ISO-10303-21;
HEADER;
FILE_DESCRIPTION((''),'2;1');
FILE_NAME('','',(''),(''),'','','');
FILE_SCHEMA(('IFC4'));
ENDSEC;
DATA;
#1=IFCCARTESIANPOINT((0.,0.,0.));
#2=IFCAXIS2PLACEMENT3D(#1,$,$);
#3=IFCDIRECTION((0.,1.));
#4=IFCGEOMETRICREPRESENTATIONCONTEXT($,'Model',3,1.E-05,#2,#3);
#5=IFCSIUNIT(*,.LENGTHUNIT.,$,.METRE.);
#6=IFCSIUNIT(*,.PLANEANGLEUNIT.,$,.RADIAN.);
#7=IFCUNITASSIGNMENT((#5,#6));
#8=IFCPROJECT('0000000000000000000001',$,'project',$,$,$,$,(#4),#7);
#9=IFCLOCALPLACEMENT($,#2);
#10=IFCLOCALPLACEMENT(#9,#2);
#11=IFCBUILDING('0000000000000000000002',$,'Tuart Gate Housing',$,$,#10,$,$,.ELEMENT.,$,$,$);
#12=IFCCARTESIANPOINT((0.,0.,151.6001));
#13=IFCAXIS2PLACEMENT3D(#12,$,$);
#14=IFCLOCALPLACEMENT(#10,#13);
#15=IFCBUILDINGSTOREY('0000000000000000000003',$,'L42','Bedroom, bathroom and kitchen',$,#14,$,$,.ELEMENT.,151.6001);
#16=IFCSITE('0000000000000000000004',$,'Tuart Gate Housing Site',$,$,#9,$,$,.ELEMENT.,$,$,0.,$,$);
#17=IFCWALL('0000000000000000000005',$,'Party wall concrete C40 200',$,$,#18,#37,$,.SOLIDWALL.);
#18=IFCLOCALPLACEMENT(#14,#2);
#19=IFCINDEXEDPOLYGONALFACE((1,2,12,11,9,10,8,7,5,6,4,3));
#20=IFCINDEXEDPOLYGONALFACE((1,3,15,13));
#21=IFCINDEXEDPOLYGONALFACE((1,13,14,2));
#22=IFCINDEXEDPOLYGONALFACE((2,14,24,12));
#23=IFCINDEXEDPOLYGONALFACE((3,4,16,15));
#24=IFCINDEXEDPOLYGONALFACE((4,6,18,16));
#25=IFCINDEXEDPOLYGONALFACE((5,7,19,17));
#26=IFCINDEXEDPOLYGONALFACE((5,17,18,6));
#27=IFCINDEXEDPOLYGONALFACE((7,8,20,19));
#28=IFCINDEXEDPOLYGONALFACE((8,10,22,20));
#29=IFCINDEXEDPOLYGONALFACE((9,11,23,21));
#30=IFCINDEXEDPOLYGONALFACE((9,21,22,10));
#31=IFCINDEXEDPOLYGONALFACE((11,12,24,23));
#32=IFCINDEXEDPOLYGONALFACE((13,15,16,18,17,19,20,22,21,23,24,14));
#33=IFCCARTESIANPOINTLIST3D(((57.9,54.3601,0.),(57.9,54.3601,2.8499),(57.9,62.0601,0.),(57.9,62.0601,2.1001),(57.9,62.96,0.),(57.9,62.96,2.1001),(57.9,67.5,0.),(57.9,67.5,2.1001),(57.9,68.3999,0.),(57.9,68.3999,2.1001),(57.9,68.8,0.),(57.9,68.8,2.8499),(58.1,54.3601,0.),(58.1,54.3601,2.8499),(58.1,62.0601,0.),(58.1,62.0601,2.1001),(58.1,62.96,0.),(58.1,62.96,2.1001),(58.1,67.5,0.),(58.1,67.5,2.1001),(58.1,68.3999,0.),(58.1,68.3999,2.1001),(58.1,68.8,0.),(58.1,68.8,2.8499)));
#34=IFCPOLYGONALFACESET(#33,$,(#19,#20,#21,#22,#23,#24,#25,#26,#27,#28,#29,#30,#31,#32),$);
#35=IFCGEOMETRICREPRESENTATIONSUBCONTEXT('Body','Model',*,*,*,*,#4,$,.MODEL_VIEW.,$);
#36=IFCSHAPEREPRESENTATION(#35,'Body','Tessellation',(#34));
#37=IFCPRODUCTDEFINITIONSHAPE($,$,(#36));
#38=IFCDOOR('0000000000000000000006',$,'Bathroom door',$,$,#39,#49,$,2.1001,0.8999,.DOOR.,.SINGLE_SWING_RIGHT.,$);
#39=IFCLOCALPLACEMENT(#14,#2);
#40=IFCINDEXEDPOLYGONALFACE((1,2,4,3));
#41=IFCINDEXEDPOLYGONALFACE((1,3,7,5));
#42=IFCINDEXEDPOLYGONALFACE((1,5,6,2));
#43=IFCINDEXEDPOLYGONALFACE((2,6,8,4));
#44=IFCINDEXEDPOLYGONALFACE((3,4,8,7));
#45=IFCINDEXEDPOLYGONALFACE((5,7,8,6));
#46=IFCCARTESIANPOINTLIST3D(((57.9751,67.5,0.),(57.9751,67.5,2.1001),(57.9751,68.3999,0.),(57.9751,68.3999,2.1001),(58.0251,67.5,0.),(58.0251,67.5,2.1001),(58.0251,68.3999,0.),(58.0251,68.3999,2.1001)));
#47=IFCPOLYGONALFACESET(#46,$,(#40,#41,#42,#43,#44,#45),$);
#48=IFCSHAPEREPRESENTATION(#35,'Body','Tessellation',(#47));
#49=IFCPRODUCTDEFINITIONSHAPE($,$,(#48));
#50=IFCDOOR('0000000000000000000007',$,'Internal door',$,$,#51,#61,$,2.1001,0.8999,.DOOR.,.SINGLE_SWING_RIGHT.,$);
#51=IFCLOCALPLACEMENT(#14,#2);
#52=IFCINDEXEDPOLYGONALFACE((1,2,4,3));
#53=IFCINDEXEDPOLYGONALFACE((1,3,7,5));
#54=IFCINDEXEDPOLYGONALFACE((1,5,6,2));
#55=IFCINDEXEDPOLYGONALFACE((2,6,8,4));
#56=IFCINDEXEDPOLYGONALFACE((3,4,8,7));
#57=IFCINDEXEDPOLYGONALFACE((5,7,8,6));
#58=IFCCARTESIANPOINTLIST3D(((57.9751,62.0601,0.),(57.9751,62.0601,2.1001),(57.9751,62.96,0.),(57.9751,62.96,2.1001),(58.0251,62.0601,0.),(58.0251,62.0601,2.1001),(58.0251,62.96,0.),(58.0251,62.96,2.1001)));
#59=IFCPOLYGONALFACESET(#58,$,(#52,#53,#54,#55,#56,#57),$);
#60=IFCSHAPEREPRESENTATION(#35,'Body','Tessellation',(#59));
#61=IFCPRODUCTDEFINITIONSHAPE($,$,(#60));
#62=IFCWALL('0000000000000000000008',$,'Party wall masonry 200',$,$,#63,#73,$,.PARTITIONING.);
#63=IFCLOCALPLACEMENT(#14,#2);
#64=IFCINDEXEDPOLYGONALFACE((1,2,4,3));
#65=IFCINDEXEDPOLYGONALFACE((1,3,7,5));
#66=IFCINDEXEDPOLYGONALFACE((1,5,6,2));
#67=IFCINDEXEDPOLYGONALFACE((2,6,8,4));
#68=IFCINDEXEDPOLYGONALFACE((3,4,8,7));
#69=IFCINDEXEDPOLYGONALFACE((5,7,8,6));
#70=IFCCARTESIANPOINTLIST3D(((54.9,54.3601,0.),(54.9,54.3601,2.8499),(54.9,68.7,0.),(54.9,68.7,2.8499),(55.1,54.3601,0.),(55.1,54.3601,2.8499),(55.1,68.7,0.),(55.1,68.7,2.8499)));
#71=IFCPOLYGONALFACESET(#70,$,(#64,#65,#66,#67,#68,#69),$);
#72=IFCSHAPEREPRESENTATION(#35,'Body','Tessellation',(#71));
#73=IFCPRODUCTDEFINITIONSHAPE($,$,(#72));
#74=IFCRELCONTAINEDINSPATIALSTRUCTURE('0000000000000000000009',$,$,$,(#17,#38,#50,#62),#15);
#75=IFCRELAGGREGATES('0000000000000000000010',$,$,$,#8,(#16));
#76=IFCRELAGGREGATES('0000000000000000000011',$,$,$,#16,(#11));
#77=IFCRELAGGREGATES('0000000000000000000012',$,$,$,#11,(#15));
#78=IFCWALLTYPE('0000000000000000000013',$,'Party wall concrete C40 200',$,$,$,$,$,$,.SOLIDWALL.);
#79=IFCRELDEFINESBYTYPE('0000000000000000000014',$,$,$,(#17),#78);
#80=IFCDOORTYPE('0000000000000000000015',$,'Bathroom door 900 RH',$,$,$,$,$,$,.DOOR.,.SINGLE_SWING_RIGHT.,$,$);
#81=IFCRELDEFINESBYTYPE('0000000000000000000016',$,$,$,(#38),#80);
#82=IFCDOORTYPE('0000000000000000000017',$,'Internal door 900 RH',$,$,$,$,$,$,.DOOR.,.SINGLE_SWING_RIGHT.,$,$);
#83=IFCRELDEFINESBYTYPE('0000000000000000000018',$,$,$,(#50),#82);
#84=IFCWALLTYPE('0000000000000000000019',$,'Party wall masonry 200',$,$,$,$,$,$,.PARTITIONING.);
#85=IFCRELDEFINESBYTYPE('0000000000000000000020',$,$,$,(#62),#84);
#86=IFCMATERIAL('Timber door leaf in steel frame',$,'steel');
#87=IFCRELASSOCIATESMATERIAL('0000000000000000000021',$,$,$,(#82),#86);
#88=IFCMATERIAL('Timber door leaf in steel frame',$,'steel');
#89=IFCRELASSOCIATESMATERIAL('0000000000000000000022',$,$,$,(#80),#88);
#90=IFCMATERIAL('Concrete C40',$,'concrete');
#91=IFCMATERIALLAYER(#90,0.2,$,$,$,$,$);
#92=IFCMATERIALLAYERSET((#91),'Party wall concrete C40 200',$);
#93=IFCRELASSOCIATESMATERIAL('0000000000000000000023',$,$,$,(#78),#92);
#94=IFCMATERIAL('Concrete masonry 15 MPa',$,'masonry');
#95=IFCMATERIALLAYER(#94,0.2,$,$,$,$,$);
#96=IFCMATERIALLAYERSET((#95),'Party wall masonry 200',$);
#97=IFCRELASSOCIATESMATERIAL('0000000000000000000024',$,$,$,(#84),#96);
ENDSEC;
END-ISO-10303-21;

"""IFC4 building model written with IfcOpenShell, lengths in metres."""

from ifc_helpers import new_model, si_unit, direction, frame, frame_2d, origin, place, context, subcontext, project, spatial, rectangle, extrude, material, layer, layer_set, type_object, element, fill, save


model = new_model("IFC4")

# Units and contexts
model_context = context("Model", 3, precision=1e-05, world=origin(), true_north=direction((0.0, 1.0)))
body_context = subcontext(model_context, "Body", "Model", "MODEL_VIEW")
ifc_project = project(units=[si_unit("LENGTHUNIT", "METRE"), si_unit("PLANEANGLEUNIT", "RADIAN")], contexts=[model_context])

# Site, building, storey
site_placement = place(None, origin())
site = spatial("IfcSite", under=ifc_project, at=site_placement, Name="Tuart Gate Housing Site", CompositionType="ELEMENT", RefElevation=0.0)
building_placement = place(site_placement, origin())
building = spatial("IfcBuilding", under=site, at=building_placement, Name="Tuart Gate Housing", CompositionType="ELEMENT")
storey_placement = place(building_placement, frame((0.0, 0.0, 151.6001)))
storey = spatial("IfcBuildingStorey", under=building, at=storey_placement, Name="L42", Description="Bedroom, bathroom and kitchen", CompositionType="ELEMENT", Elevation=151.6001)

# Shared definitions
ifc_material_1 = material(Name="Timber door leaf in steel frame", Category="steel")
door_type_1 = type_object("IfcDoorType", Name="Internal door 900 RH", OperationType="SINGLE_SWING_RIGHT", PredefinedType="DOOR", material=ifc_material_1)

# Shared definitions
ifc_material_2 = material(Name="Timber door leaf in steel frame", Category="steel")
door_type_2 = type_object("IfcDoorType", Name="Bathroom door 900 RH", OperationType="SINGLE_SWING_RIGHT", PredefinedType="DOOR", material=ifc_material_2)

# Shared definitions
ifc_material_3 = material(Name="Concrete C40", Category="concrete")
ifc_layer_1 = layer(ifc_material_3, 0.2)
ifc_layer_set_1 = layer_set([ifc_layer_1], Name="Party wall concrete C40 200")
wall_type_1 = type_object("IfcWallType", Name="Party wall concrete C40 200", PredefinedType="SOLIDWALL", material=ifc_layer_set_1)

# Wall, openings, doors
wall_1_placement = place(storey_placement, frame((58.0, 54.3601, 0.0), z_axis=(0.0, 0.0, 1.0), x_axis=(0.0, 1.0, 0.0)))
wall_1 = element("IfcWall", 1, at=wall_1_placement, inside=storey, type_object=wall_type_1, Name="Party wall concrete C40 200", PredefinedType="SOLIDWALL", context=body_context, shape_type="SweptSolid", body=[
    extrude(rectangle(XDim=14.4399, YDim=0.2, at=frame_2d((7.22, 0.0))), origin(), (0.0, 0.0, 1.0), 2.8499),
])
opening_1_placement = place(wall_1_placement, frame((7.7, 0.0, 0.0)))
opening_1 = element("IfcOpeningElement", 2, at=opening_1_placement, cuts=wall_1, PredefinedType="OPENING", context=body_context, shape_type="SweptSolid", body=[
    extrude(rectangle(XDim=0.8999, YDim=2.1001, at=frame_2d((0.45, 1.05))), frame((0.0, 0.1099, 0.0), z_axis=(0.0, -1.0, 0.0), x_axis=(1.0, 0.0, 0.0)), (0.0, 0.0, 1.0), 0.22),
])
opening_2_placement = place(wall_1_placement, frame((13.1399, 0.0, 0.0)))
opening_2 = element("IfcOpeningElement", 3, at=opening_2_placement, cuts=wall_1, PredefinedType="OPENING", context=body_context, shape_type="SweptSolid", body=[
    extrude(rectangle(XDim=0.8999, YDim=2.1001, at=frame_2d((0.45, 1.05))), frame((0.0, 0.1099, 0.0), z_axis=(0.0, -1.0, 0.0), x_axis=(1.0, 0.0, 0.0)), (0.0, 0.0, 1.0), 0.22),
])
door_1_placement = place(opening_2_placement, origin())
door_1 = element("IfcDoor", 4, at=door_1_placement, inside=storey, type_object=door_type_2, Name="Bathroom door", OperationType="SINGLE_SWING_RIGHT", OverallHeight=2.1001, OverallWidth=0.8999, PredefinedType="DOOR", context=body_context, shape_type="SweptSolid", body=[
    extrude(rectangle(XDim=0.8999, YDim=2.1001, at=frame_2d((0.45, 1.05))), frame((0.0, 0.0249, 0.0), z_axis=(0.0, -1.0, 0.0), x_axis=(1.0, 0.0, 0.0)), (0.0, 0.0, 1.0), 0.05),
])
fill(opening_2, door_1)
door_2_placement = place(opening_1_placement, origin())
door_2 = element("IfcDoor", 5, at=door_2_placement, inside=storey, type_object=door_type_1, Name="Internal door", OperationType="SINGLE_SWING_RIGHT", OverallHeight=2.1001, OverallWidth=0.8999, PredefinedType="DOOR", context=body_context, shape_type="SweptSolid", body=[
    extrude(rectangle(XDim=0.8999, YDim=2.1001, at=frame_2d((0.45, 1.05))), frame((0.0, 0.0249, 0.0), z_axis=(0.0, -1.0, 0.0), x_axis=(1.0, 0.0, 0.0)), (0.0, 0.0, 1.0), 0.05),
])
fill(opening_1, door_2)

# Wall
ifc_material_4 = material(Name="Concrete masonry 15 MPa", Category="masonry")
ifc_layer_2 = layer(ifc_material_4, 0.2)
ifc_layer_set_2 = layer_set([ifc_layer_2], Name="Party wall masonry 200")
wall_type_2 = type_object("IfcWallType", Name="Party wall masonry 200", PredefinedType="PARTITIONING", material=ifc_layer_set_2)
wall_2_placement = place(storey_placement, frame((55.0, 54.3601, 0.0), z_axis=(0.0, 0.0, 1.0), x_axis=(0.0, 1.0, 0.0)))
element("IfcWall", 6, at=wall_2_placement, inside=storey, type_object=wall_type_2, Name="Party wall masonry 200", PredefinedType="PARTITIONING", context=body_context, shape_type="SweptSolid", body=[
    extrude(rectangle(XDim=14.3398, YDim=0.2, at=frame_2d((7.1699, 0.0))), origin(), (0.0, 0.0, 1.0), 2.8499),
])

save(model, "model.ifc")
